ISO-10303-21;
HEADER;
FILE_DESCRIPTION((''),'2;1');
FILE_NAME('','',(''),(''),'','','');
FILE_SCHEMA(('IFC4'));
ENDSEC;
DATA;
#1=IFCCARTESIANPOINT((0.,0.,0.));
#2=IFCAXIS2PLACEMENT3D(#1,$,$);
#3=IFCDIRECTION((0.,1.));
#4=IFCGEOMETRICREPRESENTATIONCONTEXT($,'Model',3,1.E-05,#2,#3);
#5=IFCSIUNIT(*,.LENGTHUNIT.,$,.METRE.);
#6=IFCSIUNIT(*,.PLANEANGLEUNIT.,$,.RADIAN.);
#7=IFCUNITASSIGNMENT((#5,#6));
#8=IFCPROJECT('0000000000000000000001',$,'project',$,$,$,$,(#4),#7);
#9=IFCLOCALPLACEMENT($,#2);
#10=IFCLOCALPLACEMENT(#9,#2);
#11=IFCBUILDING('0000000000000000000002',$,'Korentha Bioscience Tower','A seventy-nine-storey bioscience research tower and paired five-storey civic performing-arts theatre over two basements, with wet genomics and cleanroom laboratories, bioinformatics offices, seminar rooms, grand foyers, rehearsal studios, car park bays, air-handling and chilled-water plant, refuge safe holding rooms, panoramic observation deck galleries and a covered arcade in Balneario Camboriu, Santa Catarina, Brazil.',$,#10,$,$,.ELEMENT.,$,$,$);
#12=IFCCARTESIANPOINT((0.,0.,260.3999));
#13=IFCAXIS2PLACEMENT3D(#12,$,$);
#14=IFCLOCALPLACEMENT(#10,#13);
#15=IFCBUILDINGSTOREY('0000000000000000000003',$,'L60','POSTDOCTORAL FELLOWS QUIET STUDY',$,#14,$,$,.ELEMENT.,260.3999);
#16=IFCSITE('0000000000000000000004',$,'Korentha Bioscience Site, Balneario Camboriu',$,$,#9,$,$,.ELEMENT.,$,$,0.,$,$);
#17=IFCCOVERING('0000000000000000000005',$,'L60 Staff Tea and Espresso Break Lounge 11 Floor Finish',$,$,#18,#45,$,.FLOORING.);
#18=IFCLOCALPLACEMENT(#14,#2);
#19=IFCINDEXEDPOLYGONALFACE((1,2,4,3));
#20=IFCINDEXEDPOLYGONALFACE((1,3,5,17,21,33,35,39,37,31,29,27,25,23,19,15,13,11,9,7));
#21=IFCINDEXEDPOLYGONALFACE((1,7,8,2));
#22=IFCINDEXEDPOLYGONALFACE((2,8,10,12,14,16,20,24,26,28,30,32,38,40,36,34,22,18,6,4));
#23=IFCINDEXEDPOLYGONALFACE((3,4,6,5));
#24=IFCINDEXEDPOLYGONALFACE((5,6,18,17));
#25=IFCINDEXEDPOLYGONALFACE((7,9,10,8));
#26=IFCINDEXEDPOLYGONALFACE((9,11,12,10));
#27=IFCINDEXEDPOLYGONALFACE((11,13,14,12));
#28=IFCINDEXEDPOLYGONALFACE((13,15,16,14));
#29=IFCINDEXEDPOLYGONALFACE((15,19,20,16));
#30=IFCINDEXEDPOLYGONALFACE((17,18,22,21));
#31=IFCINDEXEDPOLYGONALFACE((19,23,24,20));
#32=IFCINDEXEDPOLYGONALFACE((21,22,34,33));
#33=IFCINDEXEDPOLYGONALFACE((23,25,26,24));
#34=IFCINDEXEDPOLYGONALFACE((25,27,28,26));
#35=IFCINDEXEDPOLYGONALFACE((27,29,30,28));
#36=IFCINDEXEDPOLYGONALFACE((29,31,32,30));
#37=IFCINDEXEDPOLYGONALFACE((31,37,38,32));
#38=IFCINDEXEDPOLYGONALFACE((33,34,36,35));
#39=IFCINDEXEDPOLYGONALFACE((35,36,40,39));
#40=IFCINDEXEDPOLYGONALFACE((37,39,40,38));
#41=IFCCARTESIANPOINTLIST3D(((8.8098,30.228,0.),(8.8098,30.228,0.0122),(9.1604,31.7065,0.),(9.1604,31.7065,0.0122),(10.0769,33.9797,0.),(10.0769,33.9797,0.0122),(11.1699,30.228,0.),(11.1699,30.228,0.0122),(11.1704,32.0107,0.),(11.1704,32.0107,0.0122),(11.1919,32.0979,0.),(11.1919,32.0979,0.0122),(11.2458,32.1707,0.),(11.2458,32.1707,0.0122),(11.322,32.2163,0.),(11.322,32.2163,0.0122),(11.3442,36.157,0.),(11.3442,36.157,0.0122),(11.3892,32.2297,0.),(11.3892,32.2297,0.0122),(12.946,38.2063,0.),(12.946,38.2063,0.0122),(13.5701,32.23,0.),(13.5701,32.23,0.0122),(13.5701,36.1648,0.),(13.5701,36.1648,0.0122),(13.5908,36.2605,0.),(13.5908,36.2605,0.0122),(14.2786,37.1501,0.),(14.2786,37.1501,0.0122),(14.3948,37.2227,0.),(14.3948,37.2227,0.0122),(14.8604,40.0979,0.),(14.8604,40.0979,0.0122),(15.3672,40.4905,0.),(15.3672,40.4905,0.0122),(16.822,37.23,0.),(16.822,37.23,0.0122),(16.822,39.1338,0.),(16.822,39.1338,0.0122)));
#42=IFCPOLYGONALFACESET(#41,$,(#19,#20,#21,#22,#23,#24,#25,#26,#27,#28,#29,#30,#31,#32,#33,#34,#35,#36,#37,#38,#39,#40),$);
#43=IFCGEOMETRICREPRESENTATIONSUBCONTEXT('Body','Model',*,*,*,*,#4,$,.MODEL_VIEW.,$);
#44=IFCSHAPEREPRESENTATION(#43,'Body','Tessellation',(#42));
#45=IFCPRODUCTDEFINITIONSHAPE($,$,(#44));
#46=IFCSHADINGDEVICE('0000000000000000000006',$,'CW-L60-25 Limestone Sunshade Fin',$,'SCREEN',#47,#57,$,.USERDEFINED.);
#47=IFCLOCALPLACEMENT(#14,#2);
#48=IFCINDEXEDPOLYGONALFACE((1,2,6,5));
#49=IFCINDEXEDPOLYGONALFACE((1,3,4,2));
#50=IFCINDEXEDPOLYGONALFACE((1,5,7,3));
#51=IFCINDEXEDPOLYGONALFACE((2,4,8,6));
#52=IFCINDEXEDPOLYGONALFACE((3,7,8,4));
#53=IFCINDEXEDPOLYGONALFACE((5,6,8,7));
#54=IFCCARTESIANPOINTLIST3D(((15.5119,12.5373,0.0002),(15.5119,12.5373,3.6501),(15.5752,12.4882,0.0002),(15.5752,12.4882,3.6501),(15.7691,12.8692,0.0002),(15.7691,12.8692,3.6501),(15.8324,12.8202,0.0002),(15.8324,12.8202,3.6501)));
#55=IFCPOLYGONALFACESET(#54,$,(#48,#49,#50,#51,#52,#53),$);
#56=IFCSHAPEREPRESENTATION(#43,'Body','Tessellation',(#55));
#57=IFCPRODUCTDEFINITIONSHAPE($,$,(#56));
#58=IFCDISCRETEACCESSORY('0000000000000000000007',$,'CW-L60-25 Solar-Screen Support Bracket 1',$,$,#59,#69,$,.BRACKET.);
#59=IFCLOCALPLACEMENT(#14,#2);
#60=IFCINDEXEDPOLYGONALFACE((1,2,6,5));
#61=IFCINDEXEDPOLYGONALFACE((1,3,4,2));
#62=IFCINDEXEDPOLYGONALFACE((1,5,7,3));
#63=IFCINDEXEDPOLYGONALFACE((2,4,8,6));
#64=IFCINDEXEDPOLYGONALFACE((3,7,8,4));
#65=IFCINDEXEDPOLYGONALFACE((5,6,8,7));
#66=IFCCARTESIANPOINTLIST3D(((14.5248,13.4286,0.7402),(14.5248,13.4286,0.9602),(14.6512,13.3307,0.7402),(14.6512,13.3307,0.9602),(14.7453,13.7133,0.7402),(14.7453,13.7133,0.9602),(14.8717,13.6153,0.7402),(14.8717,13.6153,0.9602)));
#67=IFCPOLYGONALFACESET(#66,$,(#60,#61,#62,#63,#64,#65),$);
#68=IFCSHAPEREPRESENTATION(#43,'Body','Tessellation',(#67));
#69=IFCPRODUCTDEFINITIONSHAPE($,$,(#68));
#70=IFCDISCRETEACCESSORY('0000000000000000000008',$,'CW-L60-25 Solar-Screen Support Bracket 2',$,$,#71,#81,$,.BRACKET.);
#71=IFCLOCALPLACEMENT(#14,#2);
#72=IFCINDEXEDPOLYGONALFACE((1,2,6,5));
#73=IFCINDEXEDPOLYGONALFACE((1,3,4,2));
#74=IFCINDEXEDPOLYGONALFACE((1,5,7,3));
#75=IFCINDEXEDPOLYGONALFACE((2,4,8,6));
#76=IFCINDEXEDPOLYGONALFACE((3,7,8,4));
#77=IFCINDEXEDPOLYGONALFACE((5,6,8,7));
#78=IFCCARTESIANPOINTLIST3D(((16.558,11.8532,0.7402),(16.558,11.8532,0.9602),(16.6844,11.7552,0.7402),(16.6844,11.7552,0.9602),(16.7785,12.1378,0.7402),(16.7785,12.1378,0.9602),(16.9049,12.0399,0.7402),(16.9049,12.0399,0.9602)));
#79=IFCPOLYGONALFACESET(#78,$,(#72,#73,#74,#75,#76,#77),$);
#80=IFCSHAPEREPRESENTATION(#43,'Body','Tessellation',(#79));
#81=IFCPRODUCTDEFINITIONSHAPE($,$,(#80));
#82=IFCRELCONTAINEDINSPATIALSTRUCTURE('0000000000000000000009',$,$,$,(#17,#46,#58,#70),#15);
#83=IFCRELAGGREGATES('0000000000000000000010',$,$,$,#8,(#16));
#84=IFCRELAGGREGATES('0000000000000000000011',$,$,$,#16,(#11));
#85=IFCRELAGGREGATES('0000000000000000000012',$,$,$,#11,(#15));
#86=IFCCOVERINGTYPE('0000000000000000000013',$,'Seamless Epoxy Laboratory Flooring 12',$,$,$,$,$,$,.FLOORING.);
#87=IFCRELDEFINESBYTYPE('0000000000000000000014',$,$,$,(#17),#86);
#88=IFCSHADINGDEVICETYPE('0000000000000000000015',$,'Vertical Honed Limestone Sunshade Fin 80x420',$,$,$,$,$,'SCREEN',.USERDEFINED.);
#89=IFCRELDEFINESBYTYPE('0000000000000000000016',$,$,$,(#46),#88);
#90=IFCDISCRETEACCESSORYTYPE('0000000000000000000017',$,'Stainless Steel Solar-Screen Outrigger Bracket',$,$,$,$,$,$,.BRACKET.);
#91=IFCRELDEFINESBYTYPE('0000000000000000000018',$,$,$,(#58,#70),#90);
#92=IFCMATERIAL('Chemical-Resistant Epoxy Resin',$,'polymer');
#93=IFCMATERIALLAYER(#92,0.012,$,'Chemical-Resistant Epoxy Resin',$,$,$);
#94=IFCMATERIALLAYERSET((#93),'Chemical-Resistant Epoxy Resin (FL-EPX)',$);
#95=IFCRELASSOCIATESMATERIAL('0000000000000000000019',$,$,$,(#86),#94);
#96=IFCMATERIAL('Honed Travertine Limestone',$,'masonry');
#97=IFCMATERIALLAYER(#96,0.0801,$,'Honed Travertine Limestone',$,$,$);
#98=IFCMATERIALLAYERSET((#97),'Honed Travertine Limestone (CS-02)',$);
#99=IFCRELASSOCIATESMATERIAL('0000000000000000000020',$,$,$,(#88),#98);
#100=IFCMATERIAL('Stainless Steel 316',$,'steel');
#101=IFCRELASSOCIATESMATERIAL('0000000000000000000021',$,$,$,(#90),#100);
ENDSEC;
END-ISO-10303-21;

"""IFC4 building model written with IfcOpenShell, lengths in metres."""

from ifc_helpers import new_model, si_unit, direction, frame, origin, origin_2d, place, context, subcontext, project, spatial, polyline, rectangle, outline, extrude, material, layer, layer_set, type_object, element, save


model = new_model("IFC4")

# Units and contexts
model_context = context("Model", 3, precision=1e-05, world=origin(), true_north=direction((0.0, 1.0)))
body_context = subcontext(model_context, "Body", "Model", "MODEL_VIEW")
ifc_project = project(units=[si_unit("LENGTHUNIT", "METRE"), si_unit("PLANEANGLEUNIT", "RADIAN")], contexts=[model_context])

# Site, building, storey
site_placement = place(None, origin())
site = spatial("IfcSite", under=ifc_project, at=site_placement, Name="Korentha Bioscience Site, Balneario Camboriu", CompositionType="ELEMENT", RefElevation=0.0)
building_placement = place(site_placement, origin())
building = spatial("IfcBuilding", under=site, at=building_placement, Name="Korentha Bioscience Tower", Description="A seventy-nine-storey bioscience research tower and paired five-storey civic performing-arts theatre over two basements, with wet genomics and cleanroom laboratories, bioinformatics offices, seminar rooms, grand foyers, rehearsal studios, car park bays, air-handling and chilled-water plant, refuge safe holding rooms, panoramic observation deck galleries and a covered arcade in Balneario Camboriu, Santa Catarina, Brazil.", CompositionType="ELEMENT")
storey_placement = place(building_placement, frame((0.0, 0.0, 260.3999)))
storey = spatial("IfcBuildingStorey", under=building, at=storey_placement, Name="L60", Description="POSTDOCTORAL FELLOWS QUIET STUDY", CompositionType="ELEMENT", Elevation=260.3999)

# Covering
ifc_material_1 = material(Name="Chemical-Resistant Epoxy Resin", Category="polymer")
ifc_layer_1 = layer(ifc_material_1, 0.012, Name="Chemical-Resistant Epoxy Resin")
ifc_layer_set_1 = layer_set([ifc_layer_1], Name="Chemical-Resistant Epoxy Resin (FL-EPX)")
covering_type_1 = type_object("IfcCoveringType", Name="Seamless Epoxy Laboratory Flooring 12", PredefinedType="FLOORING", material=ifc_layer_set_1)
covering_1_placement = place(storey_placement, origin())
element("IfcCovering", 1, at=covering_1_placement, inside=storey, type_object=covering_type_1, Name="L60 Staff Tea and Espresso Break Lounge 11 Floor Finish", PredefinedType="FLOORING", context=body_context, shape_type="SweptSolid", body=[
    extrude(outline(polyline([(10.0769, 33.9797), (11.3442, 36.157), (12.946, 38.2063), (14.8604, 40.0979), (15.3672, 40.4905), (16.822, 39.1338), (16.822, 37.23), (14.3948, 37.2227), (14.2786, 37.1501), (13.5908, 36.2605), (13.5701, 36.1648), (13.5701, 32.23), (11.3892, 32.2297), (11.322, 32.2163), (11.2458, 32.1707), (11.1919, 32.0979), (11.1704, 32.0107), (11.1699, 30.228), (8.8098, 30.228), (9.1604, 31.7065), (10.0769, 33.9797)])), origin(), (0.0, 0.0, 1.0), 0.0122),
])

# Shading device
ifc_material_2 = material(Name="Honed Travertine Limestone", Category="masonry")
ifc_layer_2 = layer(ifc_material_2, 0.0801, Name="Honed Travertine Limestone")
ifc_layer_set_2 = layer_set([ifc_layer_2], Name="Honed Travertine Limestone (CS-02)")
shading_device_type_1 = type_object("IfcShadingDeviceType", Name="Vertical Honed Limestone Sunshade Fin 80x420", ElementType="SCREEN", PredefinedType="USERDEFINED", material=ifc_layer_set_2)
shading_device_1_placement = place(storey_placement, frame((15.6721, 12.6787, 0.0002), z_axis=(0.0, 0.0, 1.0), x_axis=(0.790488, -0.612478, 0.0)))
element("IfcShadingDevice", 2, at=shading_device_1_placement, inside=storey, type_object=shading_device_type_1, Name="CW-L60-25 Limestone Sunshade Fin", ObjectType="SCREEN", PredefinedType="USERDEFINED", context=body_context, shape_type="SweptSolid", body=[
    extrude(rectangle(XDim=0.0801, YDim=0.4199, at=origin_2d()), origin(), (0.0, 0.0, 1.0), 3.6499),
])

# Discrete accessories
ifc_material_3 = material(Name="Stainless Steel 316", Category="steel")
discrete_accessory_type = type_object("IfcDiscreteAccessoryType", Name="Stainless Steel Solar-Screen Outrigger Bracket", PredefinedType="BRACKET", material=ifc_material_3)
for number, where, z_axis, x_axis, name in (
    (3, (14.6982, 13.522, 0.7402), (0.0, 0.0, 1.0), (0.790488, -0.612478, 0.0), "CW-L60-25 Solar-Screen Support Bracket 1"),
    (4, (16.7314, 11.9465, 0.7402), (0.0, 0.0, 1.0), (0.790488, -0.612478, 0.0), "CW-L60-25 Solar-Screen Support Bracket 2"),
):
    element("IfcDiscreteAccessory", number, at=place(storey_placement, frame(where, z_axis=z_axis, x_axis=x_axis)), inside=storey, type_object=discrete_accessory_type, Name=name, PredefinedType="BRACKET", context=body_context, shape_type="SweptSolid", body=[
        extrude(rectangle(XDim=0.1599, YDim=0.3601, at=origin_2d()), origin(), (0.0, 0.0, 1.0), 0.22),
    ])

save(model, "model.ifc")
